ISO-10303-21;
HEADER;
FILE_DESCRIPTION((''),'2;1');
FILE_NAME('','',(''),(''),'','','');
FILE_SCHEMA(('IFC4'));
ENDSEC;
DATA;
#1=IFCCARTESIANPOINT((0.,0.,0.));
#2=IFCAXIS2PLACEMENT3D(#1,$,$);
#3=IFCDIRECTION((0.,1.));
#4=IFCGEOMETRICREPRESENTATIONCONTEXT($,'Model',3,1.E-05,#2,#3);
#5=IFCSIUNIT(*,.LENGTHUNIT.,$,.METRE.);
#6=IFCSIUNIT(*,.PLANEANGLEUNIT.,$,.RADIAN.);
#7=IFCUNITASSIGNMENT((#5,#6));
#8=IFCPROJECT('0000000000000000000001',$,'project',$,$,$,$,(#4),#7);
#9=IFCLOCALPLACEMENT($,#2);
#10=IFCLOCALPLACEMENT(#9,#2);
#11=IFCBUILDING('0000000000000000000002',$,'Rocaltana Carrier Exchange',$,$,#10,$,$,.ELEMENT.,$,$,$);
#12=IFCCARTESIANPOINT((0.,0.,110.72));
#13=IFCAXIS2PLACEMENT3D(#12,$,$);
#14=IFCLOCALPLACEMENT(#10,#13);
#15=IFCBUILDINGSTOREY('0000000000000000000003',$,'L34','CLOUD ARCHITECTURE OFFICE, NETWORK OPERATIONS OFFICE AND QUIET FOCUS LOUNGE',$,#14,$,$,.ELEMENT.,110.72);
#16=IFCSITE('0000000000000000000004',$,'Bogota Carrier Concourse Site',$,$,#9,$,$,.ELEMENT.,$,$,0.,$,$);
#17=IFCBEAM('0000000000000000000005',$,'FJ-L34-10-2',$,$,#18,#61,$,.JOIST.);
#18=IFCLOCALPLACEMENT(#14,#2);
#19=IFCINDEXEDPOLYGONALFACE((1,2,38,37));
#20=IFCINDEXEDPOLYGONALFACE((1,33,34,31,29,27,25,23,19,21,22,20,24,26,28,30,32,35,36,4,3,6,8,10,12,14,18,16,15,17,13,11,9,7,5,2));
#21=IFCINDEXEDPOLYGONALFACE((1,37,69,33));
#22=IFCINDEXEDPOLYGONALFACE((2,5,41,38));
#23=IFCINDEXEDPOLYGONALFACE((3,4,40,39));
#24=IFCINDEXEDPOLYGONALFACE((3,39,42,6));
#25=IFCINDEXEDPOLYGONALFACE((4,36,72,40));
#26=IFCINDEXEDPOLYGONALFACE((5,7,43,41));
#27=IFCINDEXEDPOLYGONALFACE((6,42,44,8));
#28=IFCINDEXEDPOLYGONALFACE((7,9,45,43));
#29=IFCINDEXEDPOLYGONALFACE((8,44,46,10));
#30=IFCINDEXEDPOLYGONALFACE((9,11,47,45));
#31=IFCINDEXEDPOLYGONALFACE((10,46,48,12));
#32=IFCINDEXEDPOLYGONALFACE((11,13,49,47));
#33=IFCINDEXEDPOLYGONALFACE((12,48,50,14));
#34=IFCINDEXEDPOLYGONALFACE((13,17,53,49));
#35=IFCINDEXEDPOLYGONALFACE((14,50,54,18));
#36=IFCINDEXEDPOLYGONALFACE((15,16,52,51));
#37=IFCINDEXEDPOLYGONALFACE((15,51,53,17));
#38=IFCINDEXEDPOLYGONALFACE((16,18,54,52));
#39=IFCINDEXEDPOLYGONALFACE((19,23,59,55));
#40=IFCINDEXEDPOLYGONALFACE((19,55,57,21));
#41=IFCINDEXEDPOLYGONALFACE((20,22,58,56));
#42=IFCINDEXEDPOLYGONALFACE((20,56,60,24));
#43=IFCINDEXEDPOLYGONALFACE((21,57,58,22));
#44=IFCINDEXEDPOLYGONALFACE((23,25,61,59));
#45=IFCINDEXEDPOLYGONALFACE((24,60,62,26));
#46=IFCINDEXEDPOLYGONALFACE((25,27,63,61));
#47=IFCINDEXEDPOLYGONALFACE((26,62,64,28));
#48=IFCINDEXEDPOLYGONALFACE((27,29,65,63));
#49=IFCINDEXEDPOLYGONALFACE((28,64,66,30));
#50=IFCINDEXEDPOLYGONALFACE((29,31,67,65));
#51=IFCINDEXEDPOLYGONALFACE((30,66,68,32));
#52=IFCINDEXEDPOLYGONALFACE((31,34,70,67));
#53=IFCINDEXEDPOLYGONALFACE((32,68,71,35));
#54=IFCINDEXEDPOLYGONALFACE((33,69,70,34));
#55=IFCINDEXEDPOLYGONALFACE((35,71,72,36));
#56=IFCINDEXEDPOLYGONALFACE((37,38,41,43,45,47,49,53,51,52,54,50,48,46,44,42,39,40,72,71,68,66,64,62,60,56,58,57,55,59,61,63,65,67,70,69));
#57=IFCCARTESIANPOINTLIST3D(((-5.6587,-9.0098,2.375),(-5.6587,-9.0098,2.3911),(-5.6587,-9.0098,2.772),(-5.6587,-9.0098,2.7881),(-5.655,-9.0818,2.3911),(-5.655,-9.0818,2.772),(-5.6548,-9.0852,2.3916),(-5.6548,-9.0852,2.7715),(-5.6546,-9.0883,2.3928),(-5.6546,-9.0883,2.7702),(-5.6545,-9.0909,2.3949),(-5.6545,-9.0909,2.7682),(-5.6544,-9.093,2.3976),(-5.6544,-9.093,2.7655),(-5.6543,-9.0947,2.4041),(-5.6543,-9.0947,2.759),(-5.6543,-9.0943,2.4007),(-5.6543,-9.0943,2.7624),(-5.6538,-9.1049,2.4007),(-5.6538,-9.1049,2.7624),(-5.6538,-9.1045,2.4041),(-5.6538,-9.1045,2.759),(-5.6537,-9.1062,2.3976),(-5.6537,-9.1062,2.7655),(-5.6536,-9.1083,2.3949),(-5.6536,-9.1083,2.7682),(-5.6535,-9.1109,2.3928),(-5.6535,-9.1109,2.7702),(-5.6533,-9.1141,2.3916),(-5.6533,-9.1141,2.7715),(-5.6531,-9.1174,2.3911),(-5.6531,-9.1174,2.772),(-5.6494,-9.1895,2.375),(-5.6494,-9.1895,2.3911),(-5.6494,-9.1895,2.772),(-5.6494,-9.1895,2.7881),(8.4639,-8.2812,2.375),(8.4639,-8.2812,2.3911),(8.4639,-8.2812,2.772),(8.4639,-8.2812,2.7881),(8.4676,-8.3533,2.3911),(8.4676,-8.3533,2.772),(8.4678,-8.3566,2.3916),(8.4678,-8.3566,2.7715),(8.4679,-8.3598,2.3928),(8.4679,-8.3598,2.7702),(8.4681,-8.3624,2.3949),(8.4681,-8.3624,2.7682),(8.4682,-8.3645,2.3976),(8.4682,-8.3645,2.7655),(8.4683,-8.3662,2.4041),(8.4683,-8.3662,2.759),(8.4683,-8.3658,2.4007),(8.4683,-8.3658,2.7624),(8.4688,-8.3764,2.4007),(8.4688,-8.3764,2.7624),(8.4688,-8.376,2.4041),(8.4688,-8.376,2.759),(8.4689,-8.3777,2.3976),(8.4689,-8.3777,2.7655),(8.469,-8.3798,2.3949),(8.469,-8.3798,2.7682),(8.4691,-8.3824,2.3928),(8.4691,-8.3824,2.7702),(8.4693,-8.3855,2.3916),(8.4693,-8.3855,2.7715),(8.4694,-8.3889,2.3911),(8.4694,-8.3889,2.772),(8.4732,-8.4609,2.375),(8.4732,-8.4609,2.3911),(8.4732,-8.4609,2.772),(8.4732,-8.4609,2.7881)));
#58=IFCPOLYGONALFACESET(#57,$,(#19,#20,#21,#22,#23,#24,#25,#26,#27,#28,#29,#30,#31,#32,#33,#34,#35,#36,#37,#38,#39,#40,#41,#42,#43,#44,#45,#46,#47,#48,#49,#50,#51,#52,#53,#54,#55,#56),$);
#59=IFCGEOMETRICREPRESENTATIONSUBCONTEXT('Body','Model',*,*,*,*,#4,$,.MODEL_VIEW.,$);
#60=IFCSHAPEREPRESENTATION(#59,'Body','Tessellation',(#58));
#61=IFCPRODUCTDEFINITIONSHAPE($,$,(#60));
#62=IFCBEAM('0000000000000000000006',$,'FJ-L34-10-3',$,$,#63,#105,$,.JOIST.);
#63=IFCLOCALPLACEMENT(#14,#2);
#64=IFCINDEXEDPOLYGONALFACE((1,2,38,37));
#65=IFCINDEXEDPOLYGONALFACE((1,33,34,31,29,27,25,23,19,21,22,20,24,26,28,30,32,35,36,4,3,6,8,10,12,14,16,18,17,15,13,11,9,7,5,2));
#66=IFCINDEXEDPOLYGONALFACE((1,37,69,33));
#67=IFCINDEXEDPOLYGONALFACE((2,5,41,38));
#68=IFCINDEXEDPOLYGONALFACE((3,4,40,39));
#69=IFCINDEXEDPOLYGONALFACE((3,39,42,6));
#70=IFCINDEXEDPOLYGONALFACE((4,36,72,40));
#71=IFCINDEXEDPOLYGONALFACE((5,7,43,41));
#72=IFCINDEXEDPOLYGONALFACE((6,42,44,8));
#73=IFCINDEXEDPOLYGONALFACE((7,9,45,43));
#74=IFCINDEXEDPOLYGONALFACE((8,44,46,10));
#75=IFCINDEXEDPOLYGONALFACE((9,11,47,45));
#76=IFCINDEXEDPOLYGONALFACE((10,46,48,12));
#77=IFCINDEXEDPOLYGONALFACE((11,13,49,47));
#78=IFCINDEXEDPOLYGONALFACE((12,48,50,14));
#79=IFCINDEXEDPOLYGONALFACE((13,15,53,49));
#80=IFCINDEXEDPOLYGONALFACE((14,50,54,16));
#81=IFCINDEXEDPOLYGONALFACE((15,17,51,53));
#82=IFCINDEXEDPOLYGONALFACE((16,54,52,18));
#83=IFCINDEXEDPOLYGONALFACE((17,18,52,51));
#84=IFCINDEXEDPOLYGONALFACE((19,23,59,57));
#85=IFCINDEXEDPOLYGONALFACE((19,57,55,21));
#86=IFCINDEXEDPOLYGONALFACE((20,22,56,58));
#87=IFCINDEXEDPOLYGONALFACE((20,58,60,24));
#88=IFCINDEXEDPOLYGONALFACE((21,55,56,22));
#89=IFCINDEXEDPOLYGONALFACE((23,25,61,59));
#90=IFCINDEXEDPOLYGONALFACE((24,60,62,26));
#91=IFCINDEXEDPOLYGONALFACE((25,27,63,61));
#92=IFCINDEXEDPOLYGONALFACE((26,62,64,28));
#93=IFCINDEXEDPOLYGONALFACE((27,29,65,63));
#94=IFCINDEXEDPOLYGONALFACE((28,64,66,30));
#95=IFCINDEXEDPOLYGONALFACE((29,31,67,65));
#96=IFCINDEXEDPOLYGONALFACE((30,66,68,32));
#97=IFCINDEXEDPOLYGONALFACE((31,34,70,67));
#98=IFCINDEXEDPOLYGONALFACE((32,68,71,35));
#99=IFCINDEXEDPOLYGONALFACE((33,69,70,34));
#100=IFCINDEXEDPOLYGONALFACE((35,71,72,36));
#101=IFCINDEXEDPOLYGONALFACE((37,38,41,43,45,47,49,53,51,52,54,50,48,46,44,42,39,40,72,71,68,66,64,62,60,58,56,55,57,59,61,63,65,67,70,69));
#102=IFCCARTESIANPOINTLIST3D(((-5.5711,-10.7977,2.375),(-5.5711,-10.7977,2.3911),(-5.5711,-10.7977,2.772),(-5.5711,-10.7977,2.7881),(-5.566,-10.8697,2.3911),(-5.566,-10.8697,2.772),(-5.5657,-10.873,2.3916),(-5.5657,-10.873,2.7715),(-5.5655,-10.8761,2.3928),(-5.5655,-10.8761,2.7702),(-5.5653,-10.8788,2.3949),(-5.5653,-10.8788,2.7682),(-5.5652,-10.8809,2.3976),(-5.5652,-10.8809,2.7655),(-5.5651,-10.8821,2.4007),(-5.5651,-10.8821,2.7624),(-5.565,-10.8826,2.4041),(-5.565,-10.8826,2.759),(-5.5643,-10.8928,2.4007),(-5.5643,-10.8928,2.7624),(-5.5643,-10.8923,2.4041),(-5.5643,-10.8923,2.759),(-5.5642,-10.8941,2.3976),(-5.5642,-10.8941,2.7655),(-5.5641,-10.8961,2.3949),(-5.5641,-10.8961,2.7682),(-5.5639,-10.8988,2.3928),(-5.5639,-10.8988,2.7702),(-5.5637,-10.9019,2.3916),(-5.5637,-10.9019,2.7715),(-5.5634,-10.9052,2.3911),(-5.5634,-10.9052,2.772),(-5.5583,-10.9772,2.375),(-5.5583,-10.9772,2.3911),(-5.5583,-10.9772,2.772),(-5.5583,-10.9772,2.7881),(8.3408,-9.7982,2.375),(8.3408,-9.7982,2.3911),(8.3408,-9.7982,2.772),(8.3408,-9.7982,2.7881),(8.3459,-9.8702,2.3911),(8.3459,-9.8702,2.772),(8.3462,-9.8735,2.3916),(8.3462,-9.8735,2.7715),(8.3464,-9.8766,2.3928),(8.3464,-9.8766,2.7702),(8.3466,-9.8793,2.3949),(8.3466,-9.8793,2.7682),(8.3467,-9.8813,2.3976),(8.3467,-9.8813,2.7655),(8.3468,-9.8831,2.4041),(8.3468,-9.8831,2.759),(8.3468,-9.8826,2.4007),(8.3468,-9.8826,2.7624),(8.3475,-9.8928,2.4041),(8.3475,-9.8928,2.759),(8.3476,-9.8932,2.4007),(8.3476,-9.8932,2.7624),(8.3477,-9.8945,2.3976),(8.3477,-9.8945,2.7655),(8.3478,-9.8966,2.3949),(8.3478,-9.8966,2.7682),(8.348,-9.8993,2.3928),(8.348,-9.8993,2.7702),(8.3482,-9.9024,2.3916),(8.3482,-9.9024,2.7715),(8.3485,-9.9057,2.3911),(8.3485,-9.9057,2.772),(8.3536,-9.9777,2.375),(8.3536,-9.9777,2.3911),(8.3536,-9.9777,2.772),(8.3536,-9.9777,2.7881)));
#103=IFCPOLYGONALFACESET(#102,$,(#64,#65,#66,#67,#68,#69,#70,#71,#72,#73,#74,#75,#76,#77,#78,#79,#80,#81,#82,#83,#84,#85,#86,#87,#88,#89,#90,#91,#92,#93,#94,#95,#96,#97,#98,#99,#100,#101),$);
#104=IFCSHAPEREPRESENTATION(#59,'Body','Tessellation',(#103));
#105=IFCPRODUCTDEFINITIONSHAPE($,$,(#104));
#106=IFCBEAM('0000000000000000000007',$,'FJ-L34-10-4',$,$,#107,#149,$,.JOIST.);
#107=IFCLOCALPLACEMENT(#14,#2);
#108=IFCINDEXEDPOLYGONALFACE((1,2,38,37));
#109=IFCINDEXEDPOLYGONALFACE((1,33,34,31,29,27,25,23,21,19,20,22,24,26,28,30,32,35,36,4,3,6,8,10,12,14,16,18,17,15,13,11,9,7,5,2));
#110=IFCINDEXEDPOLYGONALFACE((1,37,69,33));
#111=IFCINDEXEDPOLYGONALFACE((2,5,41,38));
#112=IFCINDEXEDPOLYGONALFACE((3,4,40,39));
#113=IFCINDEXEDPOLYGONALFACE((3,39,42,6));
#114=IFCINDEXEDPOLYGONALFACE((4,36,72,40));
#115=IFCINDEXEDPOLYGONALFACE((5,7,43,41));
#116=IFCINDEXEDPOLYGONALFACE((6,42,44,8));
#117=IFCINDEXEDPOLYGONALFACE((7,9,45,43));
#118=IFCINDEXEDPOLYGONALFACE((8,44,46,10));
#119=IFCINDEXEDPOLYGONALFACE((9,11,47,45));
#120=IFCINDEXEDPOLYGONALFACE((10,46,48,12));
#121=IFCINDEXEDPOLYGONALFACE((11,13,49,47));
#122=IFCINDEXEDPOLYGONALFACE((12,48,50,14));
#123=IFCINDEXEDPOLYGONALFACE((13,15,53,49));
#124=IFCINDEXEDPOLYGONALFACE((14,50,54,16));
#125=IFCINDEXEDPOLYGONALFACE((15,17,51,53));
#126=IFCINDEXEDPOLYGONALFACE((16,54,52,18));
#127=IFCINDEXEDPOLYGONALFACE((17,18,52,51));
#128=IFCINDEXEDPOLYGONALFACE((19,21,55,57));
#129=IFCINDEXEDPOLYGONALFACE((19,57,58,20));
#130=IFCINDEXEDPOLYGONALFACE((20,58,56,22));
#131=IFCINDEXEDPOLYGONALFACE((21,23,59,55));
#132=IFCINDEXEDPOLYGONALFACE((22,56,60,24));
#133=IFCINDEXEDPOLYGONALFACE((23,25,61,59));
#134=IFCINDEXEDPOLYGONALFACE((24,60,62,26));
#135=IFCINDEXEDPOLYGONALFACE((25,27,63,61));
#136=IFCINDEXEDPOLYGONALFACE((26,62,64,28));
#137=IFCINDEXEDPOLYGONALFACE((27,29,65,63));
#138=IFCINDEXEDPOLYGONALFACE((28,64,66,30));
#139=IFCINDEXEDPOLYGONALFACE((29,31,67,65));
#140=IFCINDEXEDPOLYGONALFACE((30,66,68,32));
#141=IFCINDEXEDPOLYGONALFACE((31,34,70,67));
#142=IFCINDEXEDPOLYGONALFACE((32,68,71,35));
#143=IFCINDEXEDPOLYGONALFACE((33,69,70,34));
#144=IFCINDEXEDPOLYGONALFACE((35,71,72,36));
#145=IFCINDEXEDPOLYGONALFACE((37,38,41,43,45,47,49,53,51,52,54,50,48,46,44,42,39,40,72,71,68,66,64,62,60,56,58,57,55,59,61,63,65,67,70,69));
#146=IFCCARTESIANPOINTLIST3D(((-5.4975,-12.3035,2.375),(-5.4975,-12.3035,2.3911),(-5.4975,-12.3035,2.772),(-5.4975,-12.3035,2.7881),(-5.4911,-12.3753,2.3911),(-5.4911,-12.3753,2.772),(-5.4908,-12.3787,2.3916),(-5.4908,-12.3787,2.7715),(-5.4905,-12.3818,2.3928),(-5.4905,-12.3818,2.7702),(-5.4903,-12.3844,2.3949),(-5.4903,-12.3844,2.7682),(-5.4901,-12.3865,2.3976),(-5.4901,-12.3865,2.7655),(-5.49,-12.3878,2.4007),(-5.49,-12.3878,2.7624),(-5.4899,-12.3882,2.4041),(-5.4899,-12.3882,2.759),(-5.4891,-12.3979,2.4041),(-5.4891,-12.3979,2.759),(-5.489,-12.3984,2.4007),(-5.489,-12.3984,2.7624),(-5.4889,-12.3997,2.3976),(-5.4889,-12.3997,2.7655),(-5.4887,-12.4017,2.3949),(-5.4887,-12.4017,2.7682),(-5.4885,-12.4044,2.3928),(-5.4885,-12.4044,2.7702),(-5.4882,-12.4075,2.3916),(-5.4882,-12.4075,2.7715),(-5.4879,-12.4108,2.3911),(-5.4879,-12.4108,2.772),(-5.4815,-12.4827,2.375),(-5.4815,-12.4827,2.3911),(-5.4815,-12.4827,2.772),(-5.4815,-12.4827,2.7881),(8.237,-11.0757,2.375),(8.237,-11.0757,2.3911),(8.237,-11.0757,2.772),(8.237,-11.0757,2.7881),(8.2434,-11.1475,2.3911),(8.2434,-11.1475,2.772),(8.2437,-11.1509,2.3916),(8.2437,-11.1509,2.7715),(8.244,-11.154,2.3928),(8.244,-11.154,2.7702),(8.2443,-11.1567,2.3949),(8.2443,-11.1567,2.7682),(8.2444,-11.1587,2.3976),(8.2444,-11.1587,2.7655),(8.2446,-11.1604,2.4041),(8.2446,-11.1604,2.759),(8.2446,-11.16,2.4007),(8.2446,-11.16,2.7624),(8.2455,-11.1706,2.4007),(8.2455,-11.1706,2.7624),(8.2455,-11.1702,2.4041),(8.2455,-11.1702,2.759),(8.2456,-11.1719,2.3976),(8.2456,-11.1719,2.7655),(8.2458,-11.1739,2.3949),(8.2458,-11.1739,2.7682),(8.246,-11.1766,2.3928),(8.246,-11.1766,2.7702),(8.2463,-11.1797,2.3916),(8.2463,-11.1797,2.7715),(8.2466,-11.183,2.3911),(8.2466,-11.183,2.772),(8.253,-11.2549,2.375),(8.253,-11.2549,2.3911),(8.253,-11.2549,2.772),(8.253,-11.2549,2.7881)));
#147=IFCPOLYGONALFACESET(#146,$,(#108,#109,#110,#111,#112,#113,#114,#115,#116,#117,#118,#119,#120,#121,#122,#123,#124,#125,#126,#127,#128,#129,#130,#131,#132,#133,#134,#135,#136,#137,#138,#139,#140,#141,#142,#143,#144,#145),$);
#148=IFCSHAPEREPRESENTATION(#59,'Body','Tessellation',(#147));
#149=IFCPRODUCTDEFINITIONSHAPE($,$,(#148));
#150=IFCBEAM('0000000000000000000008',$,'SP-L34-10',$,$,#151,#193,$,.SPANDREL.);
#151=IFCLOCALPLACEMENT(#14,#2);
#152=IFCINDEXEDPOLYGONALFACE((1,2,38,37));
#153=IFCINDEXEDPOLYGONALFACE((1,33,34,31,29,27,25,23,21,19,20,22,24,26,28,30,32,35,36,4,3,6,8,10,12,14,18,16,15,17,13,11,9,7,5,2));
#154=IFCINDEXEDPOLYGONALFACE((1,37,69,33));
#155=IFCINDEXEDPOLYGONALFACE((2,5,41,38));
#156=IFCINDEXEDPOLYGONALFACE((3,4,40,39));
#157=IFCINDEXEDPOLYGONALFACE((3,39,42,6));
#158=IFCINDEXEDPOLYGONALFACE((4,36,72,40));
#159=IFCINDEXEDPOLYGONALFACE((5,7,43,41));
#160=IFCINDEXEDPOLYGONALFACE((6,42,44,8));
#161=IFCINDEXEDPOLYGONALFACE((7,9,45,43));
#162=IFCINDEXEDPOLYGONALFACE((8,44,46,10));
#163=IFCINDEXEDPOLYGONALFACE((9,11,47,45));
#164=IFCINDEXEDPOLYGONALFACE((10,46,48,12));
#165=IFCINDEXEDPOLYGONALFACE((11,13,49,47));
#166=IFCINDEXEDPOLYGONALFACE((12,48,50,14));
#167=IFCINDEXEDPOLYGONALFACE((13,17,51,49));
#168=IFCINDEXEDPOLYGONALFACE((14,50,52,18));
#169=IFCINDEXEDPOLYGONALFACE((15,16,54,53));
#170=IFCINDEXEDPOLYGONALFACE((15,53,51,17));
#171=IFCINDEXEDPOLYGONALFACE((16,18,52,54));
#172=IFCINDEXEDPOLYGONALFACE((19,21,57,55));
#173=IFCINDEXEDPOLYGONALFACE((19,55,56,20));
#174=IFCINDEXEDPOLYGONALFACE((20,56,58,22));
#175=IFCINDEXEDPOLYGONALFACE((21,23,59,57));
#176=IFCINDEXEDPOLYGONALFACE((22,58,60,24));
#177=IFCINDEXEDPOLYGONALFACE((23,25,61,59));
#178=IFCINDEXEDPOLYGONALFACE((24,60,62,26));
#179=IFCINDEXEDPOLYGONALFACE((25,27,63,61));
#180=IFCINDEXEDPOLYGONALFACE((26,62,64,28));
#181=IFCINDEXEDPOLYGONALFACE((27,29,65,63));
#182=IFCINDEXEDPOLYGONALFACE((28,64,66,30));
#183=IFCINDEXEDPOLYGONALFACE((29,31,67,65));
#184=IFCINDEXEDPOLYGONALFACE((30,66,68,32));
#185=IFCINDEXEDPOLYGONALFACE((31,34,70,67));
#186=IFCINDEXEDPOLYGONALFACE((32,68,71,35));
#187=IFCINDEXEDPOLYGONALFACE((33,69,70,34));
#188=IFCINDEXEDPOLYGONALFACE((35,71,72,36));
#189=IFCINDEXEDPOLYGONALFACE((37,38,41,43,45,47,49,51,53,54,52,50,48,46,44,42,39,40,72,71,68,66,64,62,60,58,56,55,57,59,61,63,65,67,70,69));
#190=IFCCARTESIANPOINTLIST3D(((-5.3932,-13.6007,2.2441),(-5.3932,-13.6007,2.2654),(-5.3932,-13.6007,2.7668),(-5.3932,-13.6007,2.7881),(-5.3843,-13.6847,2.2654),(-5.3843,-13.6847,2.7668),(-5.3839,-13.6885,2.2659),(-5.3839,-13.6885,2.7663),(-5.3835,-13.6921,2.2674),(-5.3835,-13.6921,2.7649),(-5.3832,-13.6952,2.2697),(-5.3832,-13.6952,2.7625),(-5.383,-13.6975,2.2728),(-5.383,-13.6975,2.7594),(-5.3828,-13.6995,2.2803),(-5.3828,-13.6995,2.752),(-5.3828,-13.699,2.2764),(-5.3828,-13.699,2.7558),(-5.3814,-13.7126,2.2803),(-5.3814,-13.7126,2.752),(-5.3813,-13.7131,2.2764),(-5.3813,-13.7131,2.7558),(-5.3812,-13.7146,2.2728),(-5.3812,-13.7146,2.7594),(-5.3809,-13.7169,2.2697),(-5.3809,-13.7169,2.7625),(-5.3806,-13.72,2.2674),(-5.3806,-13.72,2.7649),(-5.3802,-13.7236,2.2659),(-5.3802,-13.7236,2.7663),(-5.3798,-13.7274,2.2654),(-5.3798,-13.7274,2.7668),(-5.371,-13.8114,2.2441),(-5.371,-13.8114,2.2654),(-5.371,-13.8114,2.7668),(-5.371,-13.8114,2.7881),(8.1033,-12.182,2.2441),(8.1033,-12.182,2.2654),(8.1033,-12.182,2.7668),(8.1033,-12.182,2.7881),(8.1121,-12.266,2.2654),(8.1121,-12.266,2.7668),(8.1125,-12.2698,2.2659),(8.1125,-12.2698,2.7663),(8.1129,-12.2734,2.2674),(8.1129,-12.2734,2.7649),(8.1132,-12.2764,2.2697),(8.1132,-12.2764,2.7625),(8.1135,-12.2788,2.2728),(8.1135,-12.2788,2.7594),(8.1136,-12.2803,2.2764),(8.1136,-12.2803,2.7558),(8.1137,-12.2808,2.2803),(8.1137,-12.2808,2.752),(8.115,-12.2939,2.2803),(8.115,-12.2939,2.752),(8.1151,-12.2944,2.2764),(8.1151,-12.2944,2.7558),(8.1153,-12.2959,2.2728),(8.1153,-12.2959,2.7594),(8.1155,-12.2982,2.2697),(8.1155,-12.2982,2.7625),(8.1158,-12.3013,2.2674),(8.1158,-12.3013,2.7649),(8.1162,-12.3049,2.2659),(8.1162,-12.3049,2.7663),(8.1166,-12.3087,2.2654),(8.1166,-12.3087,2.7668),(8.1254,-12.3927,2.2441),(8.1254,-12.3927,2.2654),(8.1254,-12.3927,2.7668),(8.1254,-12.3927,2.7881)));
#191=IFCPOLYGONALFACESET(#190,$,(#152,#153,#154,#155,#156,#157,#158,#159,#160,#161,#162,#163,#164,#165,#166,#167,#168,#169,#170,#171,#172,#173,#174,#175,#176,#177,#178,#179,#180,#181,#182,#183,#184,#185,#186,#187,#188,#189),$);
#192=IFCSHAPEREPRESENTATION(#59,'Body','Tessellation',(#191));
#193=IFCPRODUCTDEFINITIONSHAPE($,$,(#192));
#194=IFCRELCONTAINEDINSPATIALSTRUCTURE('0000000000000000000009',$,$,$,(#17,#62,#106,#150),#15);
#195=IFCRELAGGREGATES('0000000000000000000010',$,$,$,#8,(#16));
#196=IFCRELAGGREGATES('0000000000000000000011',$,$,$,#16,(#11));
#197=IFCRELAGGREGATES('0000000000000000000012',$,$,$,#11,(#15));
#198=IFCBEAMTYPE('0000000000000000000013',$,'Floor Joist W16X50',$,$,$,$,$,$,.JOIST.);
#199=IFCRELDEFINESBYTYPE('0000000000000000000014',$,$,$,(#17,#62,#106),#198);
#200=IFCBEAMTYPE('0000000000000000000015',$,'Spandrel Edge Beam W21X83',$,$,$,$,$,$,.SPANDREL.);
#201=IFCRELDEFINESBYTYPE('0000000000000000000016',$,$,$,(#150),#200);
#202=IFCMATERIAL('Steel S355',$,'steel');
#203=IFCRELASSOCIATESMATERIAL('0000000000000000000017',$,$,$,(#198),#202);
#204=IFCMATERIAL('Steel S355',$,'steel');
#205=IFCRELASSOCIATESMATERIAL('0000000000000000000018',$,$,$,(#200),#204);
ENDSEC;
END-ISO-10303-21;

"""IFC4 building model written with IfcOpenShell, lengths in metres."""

from ifc_helpers import new_model, si_unit, direction, frame, origin, origin_2d, place, context, subcontext, project, spatial, i_section, extrude, material, material_profile, profile_set, type_object, element, save


model = new_model("IFC4")

# Units and contexts
model_context = context("Model", 3, precision=1e-05, world=origin(), true_north=direction((0.0, 1.0)))
body_context = subcontext(model_context, "Body", "Model", "MODEL_VIEW")
ifc_project = project(units=[si_unit("LENGTHUNIT", "METRE"), si_unit("PLANEANGLEUNIT", "RADIAN")], contexts=[model_context])

# Site, building, storey
site_placement = place(None, origin())
site = spatial("IfcSite", under=ifc_project, at=site_placement, Name="Bogota Carrier Concourse Site", CompositionType="ELEMENT", RefElevation=0.0)
building_placement = place(site_placement, origin())
building = spatial("IfcBuilding", under=site, at=building_placement, Name="Rocaltana Carrier Exchange", CompositionType="ELEMENT")
storey_placement = place(building_placement, frame((0.0, 0.0, 110.72)))
storey = spatial("IfcBuildingStorey", under=building, at=storey_placement, Name="L34", Description="CLOUD ARCHITECTURE OFFICE, NETWORK OPERATIONS OFFICE AND QUIET FOCUS LOUNGE", CompositionType="ELEMENT", Elevation=110.72)

# Beams
ifc_material_1 = material(Name="Steel S355", Category="steel")
ifc_material_profile_1 = material_profile(ifc_material_1, i_section(OverallWidth=0.1799, OverallDepth=0.4131, WebThickness=0.0098, FlangeThickness=0.0161, FilletRadius=0.0129, at=origin_2d()), Name="W16X50")
ifc_profile_set_1 = profile_set([ifc_material_profile_1], Name="Steel S355")
beam_type_1 = type_object("IfcBeamType", Name="Floor Joist W16X50", PredefinedType="JOIST", material=ifc_profile_set_1)
beam_1_placement = place(storey_placement, frame((-5.6541, -9.0996, 2.5815), z_axis=(0.998672, 0.051517, 0.0), x_axis=(-0.051517, 0.998672, 0.0)))
element("IfcBeam", 1, at=beam_1_placement, inside=storey, type_object=beam_type_1, Name="FJ-L34-10-2", PredefinedType="JOIST", context=body_context, shape_type="SweptSolid", body=[
    extrude(i_section(OverallWidth=0.1799, OverallDepth=0.4131, WebThickness=0.0098, FlangeThickness=0.0161, FilletRadius=0.0129, at=origin_2d()), origin(), (0.0, 0.0, 1.0), 14.1414),
])
beam_2_placement = place(storey_placement, frame((-5.5647, -10.8875, 2.5815), z_axis=(0.997429, 0.071661, 0.0), x_axis=(-0.071661, 0.997429, 0.0)))
element("IfcBeam", 2, at=beam_2_placement, inside=storey, type_object=beam_type_1, Name="FJ-L34-10-3", PredefinedType="JOIST", context=body_context, shape_type="SweptSolid", body=[
    extrude(i_section(OverallWidth=0.1799, OverallDepth=0.4131, WebThickness=0.0098, FlangeThickness=0.0161, FilletRadius=0.0129, at=origin_2d()), origin(), (0.0, 0.0, 1.0), 13.9478),
])
beam_3_placement = place(storey_placement, frame((-5.4895, -12.3931, 2.5815), z_axis=(0.996028, 0.089038, 0.0), x_axis=(-0.089038, 0.996028, 0.0)))
element("IfcBeam", 3, at=beam_3_placement, inside=storey, type_object=beam_type_1, Name="FJ-L34-10-4", PredefinedType="JOIST", context=body_context, shape_type="SweptSolid", body=[
    extrude(i_section(OverallWidth=0.1799, OverallDepth=0.4131, WebThickness=0.0098, FlangeThickness=0.0161, FilletRadius=0.0129, at=origin_2d()), origin(), (0.0, 0.0, 1.0), 13.7893),
])
ifc_material_2 = material(Name="Steel S355", Category="steel")
ifc_material_profile_2 = material_profile(ifc_material_2, i_section(OverallWidth=0.2119, OverallDepth=0.5439, WebThickness=0.0132, FlangeThickness=0.0212, FilletRadius=0.0149, at=origin_2d()), Name="W21X83")
ifc_profile_set_2 = profile_set([ifc_material_profile_2], Name="Steel S355")
beam_type_2 = type_object("IfcBeamType", Name="Spandrel Edge Beam W21X83", PredefinedType="SPANDREL", material=ifc_profile_set_2)
beam_4_placement = place(storey_placement, frame((-5.3821, -13.7061, 2.5161), z_axis=(0.994521, 0.104542, 0.0), x_axis=(-0.104542, 0.994521, 0.0)))
element("IfcBeam", 4, at=beam_4_placement, inside=storey, type_object=beam_type_2, Name="SP-L34-10", PredefinedType="SPANDREL", context=body_context, shape_type="SweptSolid", body=[
    extrude(i_section(OverallWidth=0.2119, OverallDepth=0.5439, WebThickness=0.0132, FlangeThickness=0.0212, FilletRadius=0.0149, at=origin_2d()), origin(), (0.0, 0.0, 1.0), 13.5708),
])

save(model, "model.ifc")
